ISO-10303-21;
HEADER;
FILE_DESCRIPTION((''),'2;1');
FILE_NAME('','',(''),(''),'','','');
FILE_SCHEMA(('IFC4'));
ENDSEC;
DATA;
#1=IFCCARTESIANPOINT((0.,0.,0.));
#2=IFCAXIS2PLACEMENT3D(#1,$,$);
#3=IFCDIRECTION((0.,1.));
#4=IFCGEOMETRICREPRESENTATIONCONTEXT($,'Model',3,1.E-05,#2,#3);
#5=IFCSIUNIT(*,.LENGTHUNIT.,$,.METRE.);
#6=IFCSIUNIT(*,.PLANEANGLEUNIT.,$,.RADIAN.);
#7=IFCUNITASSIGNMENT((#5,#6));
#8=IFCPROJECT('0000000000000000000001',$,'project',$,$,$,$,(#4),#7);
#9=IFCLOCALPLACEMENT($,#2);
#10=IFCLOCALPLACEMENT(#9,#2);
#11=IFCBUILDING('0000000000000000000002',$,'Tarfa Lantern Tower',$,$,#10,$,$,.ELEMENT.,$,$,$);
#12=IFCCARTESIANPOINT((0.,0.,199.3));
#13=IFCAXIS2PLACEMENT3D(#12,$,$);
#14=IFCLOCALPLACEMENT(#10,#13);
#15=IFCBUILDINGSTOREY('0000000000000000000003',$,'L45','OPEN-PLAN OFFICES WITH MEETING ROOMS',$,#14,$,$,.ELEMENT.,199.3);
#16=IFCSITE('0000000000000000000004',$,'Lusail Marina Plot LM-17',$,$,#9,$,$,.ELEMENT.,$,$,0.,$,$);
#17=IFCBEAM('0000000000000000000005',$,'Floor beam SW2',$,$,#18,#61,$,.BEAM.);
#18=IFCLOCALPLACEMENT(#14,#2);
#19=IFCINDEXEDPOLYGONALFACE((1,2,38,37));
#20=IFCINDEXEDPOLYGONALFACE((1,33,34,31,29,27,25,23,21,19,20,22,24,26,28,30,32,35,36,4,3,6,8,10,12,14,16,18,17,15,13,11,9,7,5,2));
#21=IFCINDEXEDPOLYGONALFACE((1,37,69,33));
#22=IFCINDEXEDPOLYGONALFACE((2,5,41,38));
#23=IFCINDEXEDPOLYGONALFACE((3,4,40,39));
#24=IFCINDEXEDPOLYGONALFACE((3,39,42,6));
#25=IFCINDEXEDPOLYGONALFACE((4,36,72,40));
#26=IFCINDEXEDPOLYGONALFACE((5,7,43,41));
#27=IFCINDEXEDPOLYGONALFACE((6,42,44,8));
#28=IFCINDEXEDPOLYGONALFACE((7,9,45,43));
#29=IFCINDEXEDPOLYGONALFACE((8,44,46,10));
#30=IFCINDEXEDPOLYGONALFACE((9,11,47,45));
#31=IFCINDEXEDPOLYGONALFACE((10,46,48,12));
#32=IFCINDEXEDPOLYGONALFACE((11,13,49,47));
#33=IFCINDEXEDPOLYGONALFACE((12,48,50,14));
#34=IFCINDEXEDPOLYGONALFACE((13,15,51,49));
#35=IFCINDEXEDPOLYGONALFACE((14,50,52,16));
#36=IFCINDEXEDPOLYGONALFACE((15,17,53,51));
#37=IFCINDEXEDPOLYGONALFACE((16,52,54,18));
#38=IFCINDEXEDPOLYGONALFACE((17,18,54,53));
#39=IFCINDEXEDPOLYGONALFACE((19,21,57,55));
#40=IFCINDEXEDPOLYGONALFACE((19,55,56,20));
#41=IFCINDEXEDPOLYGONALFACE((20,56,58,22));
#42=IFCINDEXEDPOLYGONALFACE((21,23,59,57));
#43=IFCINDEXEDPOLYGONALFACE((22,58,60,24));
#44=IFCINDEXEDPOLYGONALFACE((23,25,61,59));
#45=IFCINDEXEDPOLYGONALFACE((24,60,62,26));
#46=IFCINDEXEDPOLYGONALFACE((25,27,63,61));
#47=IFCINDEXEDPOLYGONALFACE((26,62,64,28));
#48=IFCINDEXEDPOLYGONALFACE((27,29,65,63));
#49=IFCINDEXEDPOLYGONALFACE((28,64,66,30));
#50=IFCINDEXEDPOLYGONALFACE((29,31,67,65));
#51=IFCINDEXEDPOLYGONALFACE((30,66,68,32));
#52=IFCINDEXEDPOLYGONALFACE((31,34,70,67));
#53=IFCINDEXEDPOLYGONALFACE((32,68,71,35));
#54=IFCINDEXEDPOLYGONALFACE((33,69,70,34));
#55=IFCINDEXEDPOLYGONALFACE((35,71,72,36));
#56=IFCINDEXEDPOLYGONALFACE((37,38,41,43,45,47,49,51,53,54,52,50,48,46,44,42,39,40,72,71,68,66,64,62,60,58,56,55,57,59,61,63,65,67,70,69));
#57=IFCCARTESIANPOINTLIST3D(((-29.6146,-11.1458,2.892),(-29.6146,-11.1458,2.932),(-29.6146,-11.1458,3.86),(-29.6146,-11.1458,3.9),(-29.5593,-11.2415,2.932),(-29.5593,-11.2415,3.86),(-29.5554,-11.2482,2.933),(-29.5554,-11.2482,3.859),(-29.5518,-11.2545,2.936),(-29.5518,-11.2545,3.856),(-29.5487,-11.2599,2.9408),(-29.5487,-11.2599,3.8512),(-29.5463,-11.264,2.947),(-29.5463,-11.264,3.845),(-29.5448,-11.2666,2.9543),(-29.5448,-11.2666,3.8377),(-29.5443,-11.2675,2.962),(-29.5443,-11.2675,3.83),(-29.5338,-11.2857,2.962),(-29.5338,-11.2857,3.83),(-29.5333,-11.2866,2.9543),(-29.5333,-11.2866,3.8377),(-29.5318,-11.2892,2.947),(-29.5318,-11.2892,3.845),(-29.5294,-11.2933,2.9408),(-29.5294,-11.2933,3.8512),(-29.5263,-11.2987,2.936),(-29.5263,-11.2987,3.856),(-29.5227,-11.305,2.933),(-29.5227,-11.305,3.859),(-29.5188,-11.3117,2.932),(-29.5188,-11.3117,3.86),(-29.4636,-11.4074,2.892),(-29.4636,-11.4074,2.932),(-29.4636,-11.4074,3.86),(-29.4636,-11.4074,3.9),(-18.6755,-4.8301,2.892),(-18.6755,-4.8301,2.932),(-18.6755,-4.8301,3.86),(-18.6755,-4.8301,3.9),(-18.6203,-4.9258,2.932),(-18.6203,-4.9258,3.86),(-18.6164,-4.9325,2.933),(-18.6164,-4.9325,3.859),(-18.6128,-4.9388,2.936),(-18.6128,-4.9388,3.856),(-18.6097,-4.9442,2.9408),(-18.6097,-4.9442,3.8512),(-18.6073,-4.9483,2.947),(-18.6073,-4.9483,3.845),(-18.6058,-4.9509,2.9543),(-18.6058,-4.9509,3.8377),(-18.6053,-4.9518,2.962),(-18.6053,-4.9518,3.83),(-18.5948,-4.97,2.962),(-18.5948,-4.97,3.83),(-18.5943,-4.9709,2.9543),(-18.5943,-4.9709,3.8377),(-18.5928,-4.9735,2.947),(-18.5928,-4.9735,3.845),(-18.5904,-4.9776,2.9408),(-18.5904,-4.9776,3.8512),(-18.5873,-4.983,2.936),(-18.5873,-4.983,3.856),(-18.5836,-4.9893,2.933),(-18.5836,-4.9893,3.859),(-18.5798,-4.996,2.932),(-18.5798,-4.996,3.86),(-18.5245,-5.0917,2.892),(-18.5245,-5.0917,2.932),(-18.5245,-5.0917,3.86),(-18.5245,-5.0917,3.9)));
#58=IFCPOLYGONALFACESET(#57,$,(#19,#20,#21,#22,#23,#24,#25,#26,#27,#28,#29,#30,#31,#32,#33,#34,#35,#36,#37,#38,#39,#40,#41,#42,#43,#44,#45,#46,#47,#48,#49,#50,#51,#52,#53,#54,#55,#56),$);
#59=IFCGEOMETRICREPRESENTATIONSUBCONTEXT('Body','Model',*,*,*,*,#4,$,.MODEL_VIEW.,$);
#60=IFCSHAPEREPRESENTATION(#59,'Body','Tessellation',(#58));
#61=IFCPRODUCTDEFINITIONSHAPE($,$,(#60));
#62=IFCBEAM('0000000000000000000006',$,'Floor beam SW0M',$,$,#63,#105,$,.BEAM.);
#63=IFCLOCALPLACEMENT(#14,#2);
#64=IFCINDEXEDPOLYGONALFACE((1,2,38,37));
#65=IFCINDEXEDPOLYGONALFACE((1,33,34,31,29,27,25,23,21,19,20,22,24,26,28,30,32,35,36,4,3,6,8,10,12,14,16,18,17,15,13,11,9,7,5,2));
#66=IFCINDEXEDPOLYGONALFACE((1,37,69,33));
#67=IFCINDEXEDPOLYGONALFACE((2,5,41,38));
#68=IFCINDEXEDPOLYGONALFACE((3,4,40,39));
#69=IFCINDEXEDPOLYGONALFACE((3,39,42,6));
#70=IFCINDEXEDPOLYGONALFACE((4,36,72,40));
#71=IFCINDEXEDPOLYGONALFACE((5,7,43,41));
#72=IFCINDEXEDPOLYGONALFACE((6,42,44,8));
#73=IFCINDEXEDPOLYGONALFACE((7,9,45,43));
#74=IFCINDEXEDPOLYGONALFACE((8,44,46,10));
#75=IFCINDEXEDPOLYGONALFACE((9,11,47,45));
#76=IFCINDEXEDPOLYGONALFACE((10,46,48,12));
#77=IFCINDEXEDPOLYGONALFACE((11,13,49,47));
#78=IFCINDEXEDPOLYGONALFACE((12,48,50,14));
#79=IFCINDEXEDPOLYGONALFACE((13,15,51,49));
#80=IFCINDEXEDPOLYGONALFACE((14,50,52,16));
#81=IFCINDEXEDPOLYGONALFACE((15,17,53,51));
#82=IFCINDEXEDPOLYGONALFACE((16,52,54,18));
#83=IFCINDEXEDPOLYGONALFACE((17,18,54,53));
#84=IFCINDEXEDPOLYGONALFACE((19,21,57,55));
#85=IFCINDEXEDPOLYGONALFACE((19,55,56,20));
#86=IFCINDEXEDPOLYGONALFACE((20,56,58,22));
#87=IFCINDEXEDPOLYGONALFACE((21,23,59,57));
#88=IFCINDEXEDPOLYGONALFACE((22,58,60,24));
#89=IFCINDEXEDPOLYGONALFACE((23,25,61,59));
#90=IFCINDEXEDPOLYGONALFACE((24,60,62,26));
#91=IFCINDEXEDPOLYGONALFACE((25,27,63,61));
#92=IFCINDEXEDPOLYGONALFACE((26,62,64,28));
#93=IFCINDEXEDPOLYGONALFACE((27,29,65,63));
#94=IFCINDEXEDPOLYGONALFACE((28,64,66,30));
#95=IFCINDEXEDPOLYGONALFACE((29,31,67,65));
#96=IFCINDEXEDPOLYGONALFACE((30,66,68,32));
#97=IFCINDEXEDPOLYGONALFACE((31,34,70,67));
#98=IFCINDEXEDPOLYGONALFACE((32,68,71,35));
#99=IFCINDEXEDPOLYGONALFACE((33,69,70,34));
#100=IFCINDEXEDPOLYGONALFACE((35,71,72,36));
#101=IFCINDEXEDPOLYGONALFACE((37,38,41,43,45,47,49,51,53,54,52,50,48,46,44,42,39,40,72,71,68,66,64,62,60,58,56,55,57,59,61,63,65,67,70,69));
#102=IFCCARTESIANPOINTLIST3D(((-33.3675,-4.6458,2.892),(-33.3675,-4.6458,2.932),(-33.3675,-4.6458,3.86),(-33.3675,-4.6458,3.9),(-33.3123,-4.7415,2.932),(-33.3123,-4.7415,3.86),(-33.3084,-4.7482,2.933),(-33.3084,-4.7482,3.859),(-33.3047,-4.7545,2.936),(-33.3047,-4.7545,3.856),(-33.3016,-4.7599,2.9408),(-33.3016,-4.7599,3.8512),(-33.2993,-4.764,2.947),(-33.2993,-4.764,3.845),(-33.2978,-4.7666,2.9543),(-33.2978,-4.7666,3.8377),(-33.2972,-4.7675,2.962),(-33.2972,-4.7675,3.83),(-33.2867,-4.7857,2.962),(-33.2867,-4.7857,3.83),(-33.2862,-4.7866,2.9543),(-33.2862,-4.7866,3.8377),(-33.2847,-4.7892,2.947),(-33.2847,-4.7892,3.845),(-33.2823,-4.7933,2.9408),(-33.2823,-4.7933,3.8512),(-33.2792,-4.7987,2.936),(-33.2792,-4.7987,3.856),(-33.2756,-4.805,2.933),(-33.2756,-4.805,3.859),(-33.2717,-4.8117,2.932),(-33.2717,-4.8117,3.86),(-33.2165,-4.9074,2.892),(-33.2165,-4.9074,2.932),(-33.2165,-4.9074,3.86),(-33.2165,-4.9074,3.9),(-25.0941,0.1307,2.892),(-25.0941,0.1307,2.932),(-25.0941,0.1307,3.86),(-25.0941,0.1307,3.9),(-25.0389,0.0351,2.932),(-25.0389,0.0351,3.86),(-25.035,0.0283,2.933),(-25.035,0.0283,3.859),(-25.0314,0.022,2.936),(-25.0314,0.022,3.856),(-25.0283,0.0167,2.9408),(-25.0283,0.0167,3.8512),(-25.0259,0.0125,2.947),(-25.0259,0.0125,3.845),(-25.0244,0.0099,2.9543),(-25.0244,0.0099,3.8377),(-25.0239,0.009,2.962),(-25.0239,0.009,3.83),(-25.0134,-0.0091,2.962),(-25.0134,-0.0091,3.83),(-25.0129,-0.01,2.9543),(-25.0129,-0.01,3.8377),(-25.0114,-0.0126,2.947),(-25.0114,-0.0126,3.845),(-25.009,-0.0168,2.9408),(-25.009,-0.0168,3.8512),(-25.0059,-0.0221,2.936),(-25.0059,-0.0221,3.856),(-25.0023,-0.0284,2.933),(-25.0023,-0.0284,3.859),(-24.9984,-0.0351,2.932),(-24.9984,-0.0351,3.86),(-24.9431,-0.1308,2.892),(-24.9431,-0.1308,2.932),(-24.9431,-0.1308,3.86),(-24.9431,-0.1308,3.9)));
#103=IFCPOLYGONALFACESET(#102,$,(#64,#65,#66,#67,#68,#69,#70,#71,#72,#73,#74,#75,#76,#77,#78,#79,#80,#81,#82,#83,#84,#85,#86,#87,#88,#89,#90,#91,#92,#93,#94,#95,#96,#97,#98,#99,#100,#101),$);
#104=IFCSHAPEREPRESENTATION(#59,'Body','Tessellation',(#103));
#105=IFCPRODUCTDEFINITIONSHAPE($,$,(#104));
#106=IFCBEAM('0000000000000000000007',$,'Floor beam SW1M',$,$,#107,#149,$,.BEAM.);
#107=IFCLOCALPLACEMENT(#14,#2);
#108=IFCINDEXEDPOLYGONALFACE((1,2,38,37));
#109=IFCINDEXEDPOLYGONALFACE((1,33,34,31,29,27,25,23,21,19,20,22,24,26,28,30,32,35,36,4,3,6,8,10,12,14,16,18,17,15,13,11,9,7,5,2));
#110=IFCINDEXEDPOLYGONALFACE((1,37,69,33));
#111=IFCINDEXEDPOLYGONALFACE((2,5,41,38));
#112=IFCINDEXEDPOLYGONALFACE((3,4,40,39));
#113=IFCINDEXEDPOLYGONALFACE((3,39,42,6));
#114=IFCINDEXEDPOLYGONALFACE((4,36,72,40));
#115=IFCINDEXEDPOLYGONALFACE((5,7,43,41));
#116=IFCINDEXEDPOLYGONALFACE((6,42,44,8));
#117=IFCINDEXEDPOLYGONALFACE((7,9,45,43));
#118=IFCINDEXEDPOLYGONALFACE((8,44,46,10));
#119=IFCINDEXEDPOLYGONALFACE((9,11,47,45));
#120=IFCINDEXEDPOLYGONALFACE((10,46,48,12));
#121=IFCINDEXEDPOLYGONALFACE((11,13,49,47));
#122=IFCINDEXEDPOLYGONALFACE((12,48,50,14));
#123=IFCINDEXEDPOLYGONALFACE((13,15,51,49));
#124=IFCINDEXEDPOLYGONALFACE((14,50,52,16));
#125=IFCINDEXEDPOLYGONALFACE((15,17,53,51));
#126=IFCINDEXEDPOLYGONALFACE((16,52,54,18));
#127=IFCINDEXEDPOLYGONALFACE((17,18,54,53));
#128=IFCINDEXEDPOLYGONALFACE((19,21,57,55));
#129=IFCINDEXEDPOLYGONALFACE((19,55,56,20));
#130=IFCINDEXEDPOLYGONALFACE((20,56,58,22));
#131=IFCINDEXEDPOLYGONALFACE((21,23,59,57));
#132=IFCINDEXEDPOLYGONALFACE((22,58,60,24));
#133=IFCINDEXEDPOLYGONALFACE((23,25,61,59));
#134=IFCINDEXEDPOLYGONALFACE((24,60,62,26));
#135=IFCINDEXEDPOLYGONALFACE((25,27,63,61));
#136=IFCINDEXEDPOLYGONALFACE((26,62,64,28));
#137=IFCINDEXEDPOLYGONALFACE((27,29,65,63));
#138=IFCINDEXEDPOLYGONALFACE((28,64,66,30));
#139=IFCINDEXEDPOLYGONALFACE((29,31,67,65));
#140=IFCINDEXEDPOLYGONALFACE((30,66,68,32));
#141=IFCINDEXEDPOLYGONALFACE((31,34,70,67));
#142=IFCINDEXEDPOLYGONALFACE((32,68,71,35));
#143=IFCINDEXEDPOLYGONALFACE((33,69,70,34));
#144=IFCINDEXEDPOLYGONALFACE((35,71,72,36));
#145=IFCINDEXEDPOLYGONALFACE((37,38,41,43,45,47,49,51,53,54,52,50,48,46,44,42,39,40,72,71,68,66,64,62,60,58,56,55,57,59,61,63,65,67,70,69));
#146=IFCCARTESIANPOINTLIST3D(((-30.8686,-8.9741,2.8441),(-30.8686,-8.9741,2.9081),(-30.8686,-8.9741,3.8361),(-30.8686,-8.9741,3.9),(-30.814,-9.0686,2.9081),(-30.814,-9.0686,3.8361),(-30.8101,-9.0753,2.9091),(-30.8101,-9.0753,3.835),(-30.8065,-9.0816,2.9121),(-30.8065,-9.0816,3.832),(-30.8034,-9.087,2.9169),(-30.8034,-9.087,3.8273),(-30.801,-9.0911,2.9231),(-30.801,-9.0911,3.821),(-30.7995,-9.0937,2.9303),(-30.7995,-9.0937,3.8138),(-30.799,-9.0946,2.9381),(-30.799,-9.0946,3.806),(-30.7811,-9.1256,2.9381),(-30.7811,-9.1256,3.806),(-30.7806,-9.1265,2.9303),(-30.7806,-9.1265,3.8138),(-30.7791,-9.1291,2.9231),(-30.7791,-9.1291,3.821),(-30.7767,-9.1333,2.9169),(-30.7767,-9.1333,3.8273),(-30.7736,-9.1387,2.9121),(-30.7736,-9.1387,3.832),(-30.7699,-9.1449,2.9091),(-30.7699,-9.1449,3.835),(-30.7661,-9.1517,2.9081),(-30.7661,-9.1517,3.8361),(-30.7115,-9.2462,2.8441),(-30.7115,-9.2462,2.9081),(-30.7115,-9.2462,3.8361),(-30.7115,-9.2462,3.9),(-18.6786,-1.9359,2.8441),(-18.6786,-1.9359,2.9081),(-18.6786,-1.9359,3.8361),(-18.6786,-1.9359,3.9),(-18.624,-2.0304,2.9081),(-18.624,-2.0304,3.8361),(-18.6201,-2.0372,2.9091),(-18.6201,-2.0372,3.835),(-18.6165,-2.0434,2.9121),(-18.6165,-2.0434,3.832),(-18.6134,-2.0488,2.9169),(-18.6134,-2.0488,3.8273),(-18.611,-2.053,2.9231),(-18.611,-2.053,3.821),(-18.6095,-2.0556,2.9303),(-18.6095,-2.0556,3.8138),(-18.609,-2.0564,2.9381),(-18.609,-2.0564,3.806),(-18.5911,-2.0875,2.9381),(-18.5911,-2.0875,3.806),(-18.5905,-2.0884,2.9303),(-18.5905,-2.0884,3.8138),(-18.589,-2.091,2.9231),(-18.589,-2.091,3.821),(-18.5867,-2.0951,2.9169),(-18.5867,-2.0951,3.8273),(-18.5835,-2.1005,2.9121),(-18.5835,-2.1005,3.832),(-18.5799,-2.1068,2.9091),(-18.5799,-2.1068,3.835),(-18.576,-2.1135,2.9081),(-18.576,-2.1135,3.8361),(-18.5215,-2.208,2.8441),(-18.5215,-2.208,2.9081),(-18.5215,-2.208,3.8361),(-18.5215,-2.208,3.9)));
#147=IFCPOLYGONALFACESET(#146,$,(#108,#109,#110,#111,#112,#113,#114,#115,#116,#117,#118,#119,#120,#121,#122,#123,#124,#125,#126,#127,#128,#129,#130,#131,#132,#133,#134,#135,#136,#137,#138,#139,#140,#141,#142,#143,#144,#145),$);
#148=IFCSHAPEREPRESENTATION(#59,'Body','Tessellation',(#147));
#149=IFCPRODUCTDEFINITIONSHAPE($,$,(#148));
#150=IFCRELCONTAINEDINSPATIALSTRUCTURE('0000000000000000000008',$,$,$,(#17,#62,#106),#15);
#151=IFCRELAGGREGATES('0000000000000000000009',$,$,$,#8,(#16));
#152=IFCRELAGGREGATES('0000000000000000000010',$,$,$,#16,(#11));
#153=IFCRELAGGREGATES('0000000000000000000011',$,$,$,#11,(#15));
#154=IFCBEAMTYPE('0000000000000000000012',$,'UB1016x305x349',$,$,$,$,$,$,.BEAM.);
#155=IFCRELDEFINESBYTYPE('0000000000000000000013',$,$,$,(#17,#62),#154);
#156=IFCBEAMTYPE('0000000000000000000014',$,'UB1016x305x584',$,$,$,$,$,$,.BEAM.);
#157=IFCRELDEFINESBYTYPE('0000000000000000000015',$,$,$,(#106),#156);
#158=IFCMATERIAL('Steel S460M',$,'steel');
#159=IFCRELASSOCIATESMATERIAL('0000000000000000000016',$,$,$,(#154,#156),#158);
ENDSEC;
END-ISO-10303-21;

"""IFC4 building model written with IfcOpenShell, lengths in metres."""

from ifc_helpers import new_model, si_unit, direction, frame, origin, origin_2d, place, context, subcontext, project, spatial, i_section, extrude, material, material_profile, profile_set, type_object, element, save


model = new_model("IFC4")

# Units and contexts
model_context = context("Model", 3, precision=1e-05, world=origin(), true_north=direction((0.0, 1.0)))
body_context = subcontext(model_context, "Body", "Model", "MODEL_VIEW")
ifc_project = project(units=[si_unit("LENGTHUNIT", "METRE"), si_unit("PLANEANGLEUNIT", "RADIAN")], contexts=[model_context])

# Site, building, storey
site_placement = place(None, origin())
site = spatial("IfcSite", under=ifc_project, at=site_placement, Name="Lusail Marina Plot LM-17", CompositionType="ELEMENT", RefElevation=0.0)
building_placement = place(site_placement, origin())
building = spatial("IfcBuilding", under=site, at=building_placement, Name="Tarfa Lantern Tower", CompositionType="ELEMENT")
storey_placement = place(building_placement, frame((0.0, 0.0, 199.3)))
storey = spatial("IfcBuildingStorey", under=building, at=storey_placement, Name="L45", Description="OPEN-PLAN OFFICES WITH MEETING ROOMS", CompositionType="ELEMENT", Elevation=199.3)

# Beams
ifc_material_1 = material(Name="Steel S460M", Category="steel")
ifc_material_profile_1 = material_profile(ifc_material_1, i_section(OverallWidth=0.302, OverallDepth=1.0081, WebThickness=0.021, FlangeThickness=0.04, FilletRadius=0.03, at=origin_2d()), Name="UB1016x305x349")
ifc_profile_set_1 = profile_set([ifc_material_profile_1], Name="Steel S460M")
beam_type_1 = type_object("IfcBeamType", Name="UB1016x305x349", PredefinedType="BEAM", material=ifc_profile_set_1)
beam_1_placement = place(storey_placement, frame((-29.5391, -11.2766, 3.396), z_axis=(0.866023, 0.500004, 0.0), x_axis=(-0.500004, 0.866023, 0.0)))
element("IfcBeam", 1, at=beam_1_placement, inside=storey, type_object=beam_type_1, Name="Floor beam SW2", PredefinedType="BEAM", context=body_context, shape_type="SweptSolid", body=[
    extrude(i_section(OverallWidth=0.302, OverallDepth=1.0081, WebThickness=0.021, FlangeThickness=0.04, FilletRadius=0.03, at=origin_2d()), origin(), (0.0, 0.0, 1.0), 12.6313),
])
beam_2_placement = place(storey_placement, frame((-33.292, -4.7766, 3.396), z_axis=(0.866028, 0.499995, 0.0), x_axis=(-0.499995, 0.866028, 0.0)))
element("IfcBeam", 2, at=beam_2_placement, inside=storey, type_object=beam_type_1, Name="Floor beam SW0M", PredefinedType="BEAM", context=body_context, shape_type="SweptSolid", body=[
    extrude(i_section(OverallWidth=0.302, OverallDepth=1.0081, WebThickness=0.021, FlangeThickness=0.04, FilletRadius=0.03, at=origin_2d()), origin(), (0.0, 0.0, 1.0), 9.5532),
])
ifc_material_profile_2 = material_profile(ifc_material_1, i_section(OverallWidth=0.3142, OverallDepth=1.0559, WebThickness=0.0359, FlangeThickness=0.064, FilletRadius=0.03, at=origin_2d()), Name="UB1016x305x584")
ifc_profile_set_2 = profile_set([ifc_material_profile_2], Name="Steel S460M")
beam_type_2 = type_object("IfcBeamType", Name="UB1016x305x584", PredefinedType="BEAM", material=ifc_profile_set_2)
beam_3_placement = place(storey_placement, frame((-30.79, -9.1101, 3.3721), z_axis=(0.866019, 0.500012, 0.0), x_axis=(-0.500012, 0.866019, 0.0)))
element("IfcBeam", 3, at=beam_3_placement, inside=storey, type_object=beam_type_2, Name="Floor beam SW1M", PredefinedType="BEAM", context=body_context, shape_type="SweptSolid", body=[
    extrude(i_section(OverallWidth=0.3142, OverallDepth=1.0559, WebThickness=0.0359, FlangeThickness=0.064, FilletRadius=0.03, at=origin_2d()), origin(), (0.0, 0.0, 1.0), 14.0759),
])

save(model, "model.ifc")
